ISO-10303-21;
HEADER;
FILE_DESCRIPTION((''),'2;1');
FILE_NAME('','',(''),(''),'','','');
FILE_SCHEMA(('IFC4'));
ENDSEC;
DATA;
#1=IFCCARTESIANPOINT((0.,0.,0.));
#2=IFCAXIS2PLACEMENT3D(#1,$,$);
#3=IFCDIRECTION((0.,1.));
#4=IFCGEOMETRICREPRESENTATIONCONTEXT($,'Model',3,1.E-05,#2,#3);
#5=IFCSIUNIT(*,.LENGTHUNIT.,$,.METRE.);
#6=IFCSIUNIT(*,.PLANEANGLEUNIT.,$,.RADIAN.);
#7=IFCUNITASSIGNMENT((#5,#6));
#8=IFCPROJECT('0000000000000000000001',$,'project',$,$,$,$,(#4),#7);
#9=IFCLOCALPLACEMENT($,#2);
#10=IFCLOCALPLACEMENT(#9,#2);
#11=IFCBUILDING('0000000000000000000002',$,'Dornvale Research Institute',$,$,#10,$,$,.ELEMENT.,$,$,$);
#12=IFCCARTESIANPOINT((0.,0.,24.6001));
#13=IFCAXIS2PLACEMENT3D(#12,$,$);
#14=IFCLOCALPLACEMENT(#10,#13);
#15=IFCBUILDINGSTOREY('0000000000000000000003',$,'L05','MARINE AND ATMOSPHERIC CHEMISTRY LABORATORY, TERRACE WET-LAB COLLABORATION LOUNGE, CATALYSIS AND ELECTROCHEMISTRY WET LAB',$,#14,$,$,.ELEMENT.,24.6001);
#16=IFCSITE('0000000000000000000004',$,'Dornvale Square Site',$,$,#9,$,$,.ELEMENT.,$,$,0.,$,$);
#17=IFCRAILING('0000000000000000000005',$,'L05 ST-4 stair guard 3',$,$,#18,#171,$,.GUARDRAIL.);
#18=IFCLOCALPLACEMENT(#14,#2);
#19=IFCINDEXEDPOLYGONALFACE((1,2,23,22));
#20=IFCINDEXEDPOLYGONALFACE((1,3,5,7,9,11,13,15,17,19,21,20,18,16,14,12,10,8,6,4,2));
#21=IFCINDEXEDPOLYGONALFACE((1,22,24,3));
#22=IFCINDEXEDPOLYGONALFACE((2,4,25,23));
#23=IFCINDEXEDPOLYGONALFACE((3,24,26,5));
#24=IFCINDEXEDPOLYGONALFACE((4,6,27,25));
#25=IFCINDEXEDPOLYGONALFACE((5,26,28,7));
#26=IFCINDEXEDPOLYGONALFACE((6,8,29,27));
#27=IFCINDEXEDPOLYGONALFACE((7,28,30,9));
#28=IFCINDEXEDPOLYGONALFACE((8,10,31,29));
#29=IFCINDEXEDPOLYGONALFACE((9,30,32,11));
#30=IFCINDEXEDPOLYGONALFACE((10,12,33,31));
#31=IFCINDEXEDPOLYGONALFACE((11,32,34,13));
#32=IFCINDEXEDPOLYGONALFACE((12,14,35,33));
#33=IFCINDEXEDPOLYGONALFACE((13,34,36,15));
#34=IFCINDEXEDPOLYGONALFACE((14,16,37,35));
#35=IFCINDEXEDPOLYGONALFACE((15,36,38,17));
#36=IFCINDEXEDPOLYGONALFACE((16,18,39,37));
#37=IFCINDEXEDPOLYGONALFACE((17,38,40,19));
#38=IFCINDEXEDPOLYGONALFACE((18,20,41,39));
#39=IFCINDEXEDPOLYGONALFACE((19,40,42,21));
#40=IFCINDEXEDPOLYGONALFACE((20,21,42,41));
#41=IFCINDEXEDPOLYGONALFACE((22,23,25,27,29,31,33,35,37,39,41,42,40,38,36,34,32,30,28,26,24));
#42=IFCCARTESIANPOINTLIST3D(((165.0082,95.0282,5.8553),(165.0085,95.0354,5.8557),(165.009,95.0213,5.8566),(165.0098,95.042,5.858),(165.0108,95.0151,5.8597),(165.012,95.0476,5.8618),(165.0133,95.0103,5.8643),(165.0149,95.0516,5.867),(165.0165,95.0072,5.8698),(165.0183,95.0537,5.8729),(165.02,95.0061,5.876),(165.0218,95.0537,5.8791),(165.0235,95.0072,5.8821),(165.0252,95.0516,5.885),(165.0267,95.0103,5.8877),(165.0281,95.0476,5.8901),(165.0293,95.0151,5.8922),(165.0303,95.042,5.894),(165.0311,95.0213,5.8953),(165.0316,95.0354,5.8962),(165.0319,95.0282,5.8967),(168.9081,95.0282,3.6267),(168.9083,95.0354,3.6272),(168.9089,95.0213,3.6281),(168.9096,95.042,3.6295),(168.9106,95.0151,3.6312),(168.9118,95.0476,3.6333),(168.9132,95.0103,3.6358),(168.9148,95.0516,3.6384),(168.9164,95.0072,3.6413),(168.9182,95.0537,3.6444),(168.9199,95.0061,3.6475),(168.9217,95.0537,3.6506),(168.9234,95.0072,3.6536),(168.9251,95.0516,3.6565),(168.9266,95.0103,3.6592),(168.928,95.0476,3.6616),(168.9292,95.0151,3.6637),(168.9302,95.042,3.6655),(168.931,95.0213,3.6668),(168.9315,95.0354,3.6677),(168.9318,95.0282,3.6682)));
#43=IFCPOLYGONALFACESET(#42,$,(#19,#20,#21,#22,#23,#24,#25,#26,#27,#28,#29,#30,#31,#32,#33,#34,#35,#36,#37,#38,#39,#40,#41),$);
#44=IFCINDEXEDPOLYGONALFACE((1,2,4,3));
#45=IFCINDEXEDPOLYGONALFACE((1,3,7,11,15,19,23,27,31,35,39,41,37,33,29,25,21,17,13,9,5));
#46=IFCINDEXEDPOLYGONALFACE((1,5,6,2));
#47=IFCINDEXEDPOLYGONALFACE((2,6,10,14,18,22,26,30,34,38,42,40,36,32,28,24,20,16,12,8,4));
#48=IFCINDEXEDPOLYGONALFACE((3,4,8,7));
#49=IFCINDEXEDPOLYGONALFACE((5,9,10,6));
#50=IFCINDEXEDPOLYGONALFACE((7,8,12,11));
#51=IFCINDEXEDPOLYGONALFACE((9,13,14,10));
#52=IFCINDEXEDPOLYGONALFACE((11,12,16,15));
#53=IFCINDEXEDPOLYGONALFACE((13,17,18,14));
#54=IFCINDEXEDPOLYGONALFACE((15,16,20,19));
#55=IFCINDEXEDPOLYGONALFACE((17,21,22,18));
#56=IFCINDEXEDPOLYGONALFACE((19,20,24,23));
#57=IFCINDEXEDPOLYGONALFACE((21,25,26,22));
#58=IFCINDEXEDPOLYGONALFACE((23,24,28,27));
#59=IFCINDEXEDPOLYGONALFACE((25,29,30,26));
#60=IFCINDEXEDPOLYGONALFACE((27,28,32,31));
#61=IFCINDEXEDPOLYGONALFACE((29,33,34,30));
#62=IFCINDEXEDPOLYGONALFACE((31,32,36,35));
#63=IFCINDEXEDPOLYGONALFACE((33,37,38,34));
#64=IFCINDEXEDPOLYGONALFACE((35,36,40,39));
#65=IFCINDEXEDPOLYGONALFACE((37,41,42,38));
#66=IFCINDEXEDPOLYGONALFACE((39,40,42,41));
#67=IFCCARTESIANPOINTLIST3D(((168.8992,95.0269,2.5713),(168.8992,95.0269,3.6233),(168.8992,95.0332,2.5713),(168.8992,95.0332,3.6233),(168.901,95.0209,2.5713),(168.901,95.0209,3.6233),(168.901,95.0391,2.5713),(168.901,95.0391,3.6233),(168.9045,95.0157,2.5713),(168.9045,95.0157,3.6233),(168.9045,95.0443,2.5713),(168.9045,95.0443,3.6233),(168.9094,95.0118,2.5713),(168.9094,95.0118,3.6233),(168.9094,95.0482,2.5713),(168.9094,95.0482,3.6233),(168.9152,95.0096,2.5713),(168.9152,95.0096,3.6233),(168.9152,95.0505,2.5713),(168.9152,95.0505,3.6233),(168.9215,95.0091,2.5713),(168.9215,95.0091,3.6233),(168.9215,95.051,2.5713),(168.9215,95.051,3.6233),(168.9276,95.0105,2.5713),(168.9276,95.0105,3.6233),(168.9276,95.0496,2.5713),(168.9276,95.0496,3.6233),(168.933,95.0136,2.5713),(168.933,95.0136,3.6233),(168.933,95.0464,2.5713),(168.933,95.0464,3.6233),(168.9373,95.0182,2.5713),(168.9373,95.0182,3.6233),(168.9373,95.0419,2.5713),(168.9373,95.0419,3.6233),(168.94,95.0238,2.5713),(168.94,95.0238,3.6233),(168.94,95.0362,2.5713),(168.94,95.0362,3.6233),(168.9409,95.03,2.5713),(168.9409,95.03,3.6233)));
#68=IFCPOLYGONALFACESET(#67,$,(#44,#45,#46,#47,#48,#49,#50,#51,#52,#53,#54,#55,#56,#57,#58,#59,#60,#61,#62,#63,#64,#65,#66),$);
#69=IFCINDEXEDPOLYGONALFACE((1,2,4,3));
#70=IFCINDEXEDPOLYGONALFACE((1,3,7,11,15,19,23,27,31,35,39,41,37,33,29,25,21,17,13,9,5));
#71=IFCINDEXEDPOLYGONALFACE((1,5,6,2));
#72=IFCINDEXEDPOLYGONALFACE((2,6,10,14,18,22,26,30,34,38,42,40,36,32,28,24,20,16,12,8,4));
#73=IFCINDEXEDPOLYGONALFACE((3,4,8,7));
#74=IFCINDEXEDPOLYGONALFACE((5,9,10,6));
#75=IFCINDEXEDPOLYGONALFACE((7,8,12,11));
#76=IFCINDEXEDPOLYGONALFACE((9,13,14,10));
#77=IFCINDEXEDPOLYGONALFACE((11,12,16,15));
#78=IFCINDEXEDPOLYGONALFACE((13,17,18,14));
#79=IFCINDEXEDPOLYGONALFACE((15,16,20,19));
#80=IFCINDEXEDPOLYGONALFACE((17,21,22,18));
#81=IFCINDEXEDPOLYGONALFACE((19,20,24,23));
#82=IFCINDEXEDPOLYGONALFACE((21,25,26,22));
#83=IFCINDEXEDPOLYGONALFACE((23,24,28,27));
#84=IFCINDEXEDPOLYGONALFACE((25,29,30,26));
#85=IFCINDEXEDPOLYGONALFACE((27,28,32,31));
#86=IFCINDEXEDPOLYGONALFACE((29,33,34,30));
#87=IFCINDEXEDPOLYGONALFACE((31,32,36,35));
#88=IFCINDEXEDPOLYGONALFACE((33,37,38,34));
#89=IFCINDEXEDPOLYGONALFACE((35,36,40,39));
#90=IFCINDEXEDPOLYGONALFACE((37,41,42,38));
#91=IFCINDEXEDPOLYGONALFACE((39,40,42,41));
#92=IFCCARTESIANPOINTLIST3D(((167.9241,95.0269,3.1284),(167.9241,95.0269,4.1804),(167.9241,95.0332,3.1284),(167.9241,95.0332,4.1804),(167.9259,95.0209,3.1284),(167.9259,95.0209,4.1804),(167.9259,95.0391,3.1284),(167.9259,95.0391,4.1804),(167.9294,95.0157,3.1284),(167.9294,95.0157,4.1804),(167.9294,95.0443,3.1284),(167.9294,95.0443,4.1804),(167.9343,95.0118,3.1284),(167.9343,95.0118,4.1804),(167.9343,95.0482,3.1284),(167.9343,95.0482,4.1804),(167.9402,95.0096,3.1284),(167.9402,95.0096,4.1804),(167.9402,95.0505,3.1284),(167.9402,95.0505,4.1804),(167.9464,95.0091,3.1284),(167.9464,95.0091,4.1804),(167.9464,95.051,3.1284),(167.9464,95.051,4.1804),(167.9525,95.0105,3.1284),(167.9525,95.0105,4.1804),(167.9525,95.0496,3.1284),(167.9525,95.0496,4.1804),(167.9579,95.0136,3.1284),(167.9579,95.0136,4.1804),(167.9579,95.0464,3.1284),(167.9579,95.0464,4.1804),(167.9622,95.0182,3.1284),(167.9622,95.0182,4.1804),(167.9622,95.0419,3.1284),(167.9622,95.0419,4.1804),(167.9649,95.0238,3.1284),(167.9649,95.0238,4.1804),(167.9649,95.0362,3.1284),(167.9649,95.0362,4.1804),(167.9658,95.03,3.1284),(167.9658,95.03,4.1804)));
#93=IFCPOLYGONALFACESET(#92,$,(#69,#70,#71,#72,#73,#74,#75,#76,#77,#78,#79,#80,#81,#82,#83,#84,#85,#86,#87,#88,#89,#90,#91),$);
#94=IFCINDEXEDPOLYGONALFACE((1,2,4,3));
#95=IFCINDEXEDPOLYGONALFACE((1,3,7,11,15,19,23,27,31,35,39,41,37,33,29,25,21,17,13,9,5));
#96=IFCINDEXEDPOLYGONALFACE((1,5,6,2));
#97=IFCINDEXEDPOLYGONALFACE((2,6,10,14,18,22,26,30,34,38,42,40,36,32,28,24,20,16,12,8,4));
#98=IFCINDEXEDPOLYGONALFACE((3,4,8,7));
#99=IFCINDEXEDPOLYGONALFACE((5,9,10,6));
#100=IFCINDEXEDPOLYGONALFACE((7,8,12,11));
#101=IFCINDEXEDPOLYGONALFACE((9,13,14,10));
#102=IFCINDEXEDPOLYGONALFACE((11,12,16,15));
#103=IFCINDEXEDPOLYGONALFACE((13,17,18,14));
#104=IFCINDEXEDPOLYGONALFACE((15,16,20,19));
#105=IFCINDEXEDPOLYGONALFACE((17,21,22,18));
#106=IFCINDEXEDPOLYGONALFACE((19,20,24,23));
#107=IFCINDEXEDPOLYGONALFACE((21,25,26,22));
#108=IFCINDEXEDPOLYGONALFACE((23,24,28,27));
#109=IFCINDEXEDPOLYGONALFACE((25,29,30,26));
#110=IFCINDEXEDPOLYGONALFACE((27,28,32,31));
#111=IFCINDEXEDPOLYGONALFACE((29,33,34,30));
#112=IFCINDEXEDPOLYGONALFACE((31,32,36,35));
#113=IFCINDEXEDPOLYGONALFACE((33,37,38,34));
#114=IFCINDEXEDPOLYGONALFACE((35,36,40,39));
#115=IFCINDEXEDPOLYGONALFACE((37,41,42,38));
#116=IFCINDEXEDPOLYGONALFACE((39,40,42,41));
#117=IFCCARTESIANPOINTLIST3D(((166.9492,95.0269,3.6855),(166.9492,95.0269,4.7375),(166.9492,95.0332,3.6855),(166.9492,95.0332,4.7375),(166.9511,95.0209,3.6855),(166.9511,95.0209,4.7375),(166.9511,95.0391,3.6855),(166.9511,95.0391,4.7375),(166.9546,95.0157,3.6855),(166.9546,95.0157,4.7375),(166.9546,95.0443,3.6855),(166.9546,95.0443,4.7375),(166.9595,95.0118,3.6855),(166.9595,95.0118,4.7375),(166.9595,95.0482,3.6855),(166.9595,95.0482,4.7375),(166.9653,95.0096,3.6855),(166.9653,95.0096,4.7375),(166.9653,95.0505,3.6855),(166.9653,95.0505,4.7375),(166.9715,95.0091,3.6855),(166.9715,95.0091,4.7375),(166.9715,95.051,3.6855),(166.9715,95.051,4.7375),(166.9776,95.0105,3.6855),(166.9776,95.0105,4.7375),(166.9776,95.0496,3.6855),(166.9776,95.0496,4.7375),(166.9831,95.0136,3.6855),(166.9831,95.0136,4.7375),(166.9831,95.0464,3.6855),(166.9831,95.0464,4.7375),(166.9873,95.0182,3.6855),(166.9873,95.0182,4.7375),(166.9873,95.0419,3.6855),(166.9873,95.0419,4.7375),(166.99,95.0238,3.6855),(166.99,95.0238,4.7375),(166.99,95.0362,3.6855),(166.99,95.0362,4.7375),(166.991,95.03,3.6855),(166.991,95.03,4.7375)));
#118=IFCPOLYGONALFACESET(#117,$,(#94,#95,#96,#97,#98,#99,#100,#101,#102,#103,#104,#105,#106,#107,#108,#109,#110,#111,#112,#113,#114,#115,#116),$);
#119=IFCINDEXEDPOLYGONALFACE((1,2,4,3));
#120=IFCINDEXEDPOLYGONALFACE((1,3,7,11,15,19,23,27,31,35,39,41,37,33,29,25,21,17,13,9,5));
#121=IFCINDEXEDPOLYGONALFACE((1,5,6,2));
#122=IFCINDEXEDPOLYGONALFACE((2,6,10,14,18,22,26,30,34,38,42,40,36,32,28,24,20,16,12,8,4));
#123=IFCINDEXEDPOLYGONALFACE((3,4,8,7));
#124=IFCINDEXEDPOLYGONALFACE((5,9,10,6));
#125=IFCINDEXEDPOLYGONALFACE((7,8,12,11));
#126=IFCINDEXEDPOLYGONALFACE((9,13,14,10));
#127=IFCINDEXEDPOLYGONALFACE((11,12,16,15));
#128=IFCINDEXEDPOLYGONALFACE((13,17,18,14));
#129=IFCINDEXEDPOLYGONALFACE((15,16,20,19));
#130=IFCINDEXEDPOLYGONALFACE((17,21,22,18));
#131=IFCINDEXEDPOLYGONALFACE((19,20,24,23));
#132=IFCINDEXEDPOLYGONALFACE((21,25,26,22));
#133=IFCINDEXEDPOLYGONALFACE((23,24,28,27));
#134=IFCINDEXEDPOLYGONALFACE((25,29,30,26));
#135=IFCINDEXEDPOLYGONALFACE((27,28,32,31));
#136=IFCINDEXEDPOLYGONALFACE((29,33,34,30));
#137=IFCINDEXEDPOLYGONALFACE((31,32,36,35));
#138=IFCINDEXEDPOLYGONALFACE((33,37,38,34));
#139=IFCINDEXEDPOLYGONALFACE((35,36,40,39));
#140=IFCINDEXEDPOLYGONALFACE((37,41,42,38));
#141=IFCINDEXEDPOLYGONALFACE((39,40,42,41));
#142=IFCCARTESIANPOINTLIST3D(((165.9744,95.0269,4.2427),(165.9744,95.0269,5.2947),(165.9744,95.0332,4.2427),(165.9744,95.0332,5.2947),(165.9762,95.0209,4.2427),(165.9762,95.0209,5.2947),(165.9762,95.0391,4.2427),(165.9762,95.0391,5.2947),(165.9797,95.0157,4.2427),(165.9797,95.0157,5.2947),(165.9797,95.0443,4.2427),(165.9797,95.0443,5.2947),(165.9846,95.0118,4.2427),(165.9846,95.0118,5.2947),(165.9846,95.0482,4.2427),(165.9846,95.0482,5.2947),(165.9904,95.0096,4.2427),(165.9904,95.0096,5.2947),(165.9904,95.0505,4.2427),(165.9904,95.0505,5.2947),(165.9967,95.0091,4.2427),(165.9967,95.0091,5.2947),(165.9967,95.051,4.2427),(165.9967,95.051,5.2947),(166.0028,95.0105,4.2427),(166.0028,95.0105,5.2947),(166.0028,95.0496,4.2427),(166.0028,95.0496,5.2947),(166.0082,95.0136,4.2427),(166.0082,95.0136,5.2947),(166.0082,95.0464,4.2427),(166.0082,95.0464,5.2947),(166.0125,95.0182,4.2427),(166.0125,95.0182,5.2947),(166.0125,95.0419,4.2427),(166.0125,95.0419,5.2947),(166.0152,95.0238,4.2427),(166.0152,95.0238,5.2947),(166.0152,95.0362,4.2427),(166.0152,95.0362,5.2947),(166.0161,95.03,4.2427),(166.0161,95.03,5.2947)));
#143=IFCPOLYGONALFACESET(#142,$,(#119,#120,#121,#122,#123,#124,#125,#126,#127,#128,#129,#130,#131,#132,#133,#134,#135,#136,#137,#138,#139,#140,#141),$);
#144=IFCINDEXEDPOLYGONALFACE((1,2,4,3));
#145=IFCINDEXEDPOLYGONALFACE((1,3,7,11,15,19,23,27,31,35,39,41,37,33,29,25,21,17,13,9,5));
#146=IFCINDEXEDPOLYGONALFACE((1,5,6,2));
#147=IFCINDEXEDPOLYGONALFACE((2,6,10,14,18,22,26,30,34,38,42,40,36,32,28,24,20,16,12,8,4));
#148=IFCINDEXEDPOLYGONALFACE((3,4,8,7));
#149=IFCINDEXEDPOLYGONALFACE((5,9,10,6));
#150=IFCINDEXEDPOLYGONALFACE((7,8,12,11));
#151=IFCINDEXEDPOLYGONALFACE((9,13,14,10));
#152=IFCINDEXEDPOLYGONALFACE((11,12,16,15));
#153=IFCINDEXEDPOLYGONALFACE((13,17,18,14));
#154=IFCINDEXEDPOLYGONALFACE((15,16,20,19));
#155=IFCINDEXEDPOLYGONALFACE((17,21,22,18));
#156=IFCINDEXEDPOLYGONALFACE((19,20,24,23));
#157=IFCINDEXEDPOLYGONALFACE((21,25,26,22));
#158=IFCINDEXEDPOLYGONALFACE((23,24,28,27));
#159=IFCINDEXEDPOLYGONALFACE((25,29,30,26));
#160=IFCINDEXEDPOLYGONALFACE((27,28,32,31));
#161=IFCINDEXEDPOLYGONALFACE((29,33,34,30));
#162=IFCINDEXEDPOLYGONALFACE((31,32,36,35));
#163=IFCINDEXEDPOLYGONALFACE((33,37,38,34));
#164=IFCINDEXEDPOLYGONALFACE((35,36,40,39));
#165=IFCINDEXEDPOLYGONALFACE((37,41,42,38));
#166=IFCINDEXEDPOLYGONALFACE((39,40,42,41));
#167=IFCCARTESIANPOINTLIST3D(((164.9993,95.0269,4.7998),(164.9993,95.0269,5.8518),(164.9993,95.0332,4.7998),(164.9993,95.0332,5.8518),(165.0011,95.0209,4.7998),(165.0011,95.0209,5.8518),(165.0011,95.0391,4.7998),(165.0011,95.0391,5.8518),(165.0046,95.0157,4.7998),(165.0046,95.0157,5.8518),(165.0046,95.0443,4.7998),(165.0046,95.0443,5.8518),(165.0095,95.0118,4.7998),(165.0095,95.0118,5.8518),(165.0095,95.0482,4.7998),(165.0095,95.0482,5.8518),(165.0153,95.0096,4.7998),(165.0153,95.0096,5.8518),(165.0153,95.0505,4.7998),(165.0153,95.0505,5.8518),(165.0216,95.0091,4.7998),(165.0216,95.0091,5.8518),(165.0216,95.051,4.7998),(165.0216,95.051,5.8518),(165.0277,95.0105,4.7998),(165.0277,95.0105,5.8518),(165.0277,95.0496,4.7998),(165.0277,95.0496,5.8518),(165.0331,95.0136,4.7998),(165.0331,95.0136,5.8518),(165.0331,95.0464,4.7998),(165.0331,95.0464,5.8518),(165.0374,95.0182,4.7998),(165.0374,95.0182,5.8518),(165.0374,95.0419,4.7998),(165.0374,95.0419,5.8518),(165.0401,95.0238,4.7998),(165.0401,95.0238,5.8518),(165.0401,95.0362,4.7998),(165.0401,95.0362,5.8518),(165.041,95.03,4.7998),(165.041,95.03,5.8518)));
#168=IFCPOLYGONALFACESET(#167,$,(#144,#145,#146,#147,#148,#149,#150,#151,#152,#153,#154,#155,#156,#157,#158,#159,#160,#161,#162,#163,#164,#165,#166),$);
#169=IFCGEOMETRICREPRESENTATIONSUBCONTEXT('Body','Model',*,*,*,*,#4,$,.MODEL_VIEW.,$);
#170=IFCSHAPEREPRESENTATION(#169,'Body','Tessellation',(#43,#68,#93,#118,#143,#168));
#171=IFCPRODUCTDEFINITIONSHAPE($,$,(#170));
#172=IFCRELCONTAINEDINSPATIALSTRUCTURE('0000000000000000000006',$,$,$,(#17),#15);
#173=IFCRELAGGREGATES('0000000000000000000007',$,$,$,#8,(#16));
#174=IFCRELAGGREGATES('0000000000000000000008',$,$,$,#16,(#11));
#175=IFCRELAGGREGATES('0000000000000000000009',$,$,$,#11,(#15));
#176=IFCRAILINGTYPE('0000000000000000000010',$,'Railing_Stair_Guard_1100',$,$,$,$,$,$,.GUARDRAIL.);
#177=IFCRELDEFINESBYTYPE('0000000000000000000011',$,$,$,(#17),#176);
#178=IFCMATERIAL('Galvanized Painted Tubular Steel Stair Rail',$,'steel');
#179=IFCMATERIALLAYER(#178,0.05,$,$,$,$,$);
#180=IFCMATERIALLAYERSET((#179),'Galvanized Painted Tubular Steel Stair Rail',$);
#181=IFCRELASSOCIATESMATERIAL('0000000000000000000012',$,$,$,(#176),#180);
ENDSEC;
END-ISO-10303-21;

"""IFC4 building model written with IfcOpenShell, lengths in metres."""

from ifc_helpers import new_model, si_unit, direction, frame, origin, origin_2d, place, context, subcontext, project, spatial, circle, extrude, material, layer, layer_set, type_object, element, save


model = new_model("IFC4")

# Units and contexts
model_context = context("Model", 3, precision=1e-05, world=origin(), true_north=direction((0.0, 1.0)))
body_context = subcontext(model_context, "Body", "Model", "MODEL_VIEW")
ifc_project = project(units=[si_unit("LENGTHUNIT", "METRE"), si_unit("PLANEANGLEUNIT", "RADIAN")], contexts=[model_context])

# Site, building, storey
site_placement = place(None, origin())
site = spatial("IfcSite", under=ifc_project, at=site_placement, Name="Dornvale Square Site", CompositionType="ELEMENT", RefElevation=0.0)
building_placement = place(site_placement, origin())
building = spatial("IfcBuilding", under=site, at=building_placement, Name="Dornvale Research Institute", CompositionType="ELEMENT")
storey_placement = place(building_placement, frame((0.0, 0.0, 24.6001)))
storey = spatial("IfcBuildingStorey", under=building, at=storey_placement, Name="L05", Description="MARINE AND ATMOSPHERIC CHEMISTRY LABORATORY, TERRACE WET-LAB COLLABORATION LOUNGE, CATALYSIS AND ELECTROCHEMISTRY WET LAB", CompositionType="ELEMENT", Elevation=24.6001)

# Railing
ifc_material_1 = material(Name="Galvanized Painted Tubular Steel Stair Rail", Category="steel")
ifc_layer_1 = layer(ifc_material_1, 0.05)
ifc_layer_set_1 = layer_set([ifc_layer_1], Name="Galvanized Painted Tubular Steel Stair Rail")
railing_type_1 = type_object("IfcRailingType", Name="Railing_Stair_Guard_1100", PredefinedType="GUARDRAIL", material=ifc_layer_set_1)
railing_1_placement = place(storey_placement, frame((168.9199, 95.03, 2.5713)))
element("IfcRailing", 1, at=railing_1_placement, inside=storey, type_object=railing_type_1, Name="L05 ST-4 stair guard 3", PredefinedType="GUARDRAIL", context=body_context, shape_type="SweptSolid", body=[
    extrude(circle(Radius=0.0239, at=origin_2d()), frame((0.0, 0.0, 1.0762), z_axis=(-0.868243, 0.0, 0.496139), x_axis=(0.0, -1.0, 0.0)), (0.0, 0.0, 1.0), 4.4917),
    extrude(circle(Radius=0.021, at=origin_2d()), origin(), (0.0, 0.0, 1.0), 1.052),
    extrude(circle(Radius=0.021, at=origin_2d()), frame((-0.9751, 0.0, 0.5571)), (0.0, 0.0, 1.0), 1.052),
    extrude(circle(Radius=0.021, at=origin_2d()), frame((-1.95, 0.0, 1.1143)), (0.0, 0.0, 1.0), 1.052),
    extrude(circle(Radius=0.021, at=origin_2d()), frame((-2.9248, 0.0, 1.6714)), (0.0, 0.0, 1.0), 1.052),
    extrude(circle(Radius=0.021, at=origin_2d()), frame((-3.8999, 0.0, 2.2285)), (0.0, 0.0, 1.0), 1.052),
])

save(model, "model.ifc")
